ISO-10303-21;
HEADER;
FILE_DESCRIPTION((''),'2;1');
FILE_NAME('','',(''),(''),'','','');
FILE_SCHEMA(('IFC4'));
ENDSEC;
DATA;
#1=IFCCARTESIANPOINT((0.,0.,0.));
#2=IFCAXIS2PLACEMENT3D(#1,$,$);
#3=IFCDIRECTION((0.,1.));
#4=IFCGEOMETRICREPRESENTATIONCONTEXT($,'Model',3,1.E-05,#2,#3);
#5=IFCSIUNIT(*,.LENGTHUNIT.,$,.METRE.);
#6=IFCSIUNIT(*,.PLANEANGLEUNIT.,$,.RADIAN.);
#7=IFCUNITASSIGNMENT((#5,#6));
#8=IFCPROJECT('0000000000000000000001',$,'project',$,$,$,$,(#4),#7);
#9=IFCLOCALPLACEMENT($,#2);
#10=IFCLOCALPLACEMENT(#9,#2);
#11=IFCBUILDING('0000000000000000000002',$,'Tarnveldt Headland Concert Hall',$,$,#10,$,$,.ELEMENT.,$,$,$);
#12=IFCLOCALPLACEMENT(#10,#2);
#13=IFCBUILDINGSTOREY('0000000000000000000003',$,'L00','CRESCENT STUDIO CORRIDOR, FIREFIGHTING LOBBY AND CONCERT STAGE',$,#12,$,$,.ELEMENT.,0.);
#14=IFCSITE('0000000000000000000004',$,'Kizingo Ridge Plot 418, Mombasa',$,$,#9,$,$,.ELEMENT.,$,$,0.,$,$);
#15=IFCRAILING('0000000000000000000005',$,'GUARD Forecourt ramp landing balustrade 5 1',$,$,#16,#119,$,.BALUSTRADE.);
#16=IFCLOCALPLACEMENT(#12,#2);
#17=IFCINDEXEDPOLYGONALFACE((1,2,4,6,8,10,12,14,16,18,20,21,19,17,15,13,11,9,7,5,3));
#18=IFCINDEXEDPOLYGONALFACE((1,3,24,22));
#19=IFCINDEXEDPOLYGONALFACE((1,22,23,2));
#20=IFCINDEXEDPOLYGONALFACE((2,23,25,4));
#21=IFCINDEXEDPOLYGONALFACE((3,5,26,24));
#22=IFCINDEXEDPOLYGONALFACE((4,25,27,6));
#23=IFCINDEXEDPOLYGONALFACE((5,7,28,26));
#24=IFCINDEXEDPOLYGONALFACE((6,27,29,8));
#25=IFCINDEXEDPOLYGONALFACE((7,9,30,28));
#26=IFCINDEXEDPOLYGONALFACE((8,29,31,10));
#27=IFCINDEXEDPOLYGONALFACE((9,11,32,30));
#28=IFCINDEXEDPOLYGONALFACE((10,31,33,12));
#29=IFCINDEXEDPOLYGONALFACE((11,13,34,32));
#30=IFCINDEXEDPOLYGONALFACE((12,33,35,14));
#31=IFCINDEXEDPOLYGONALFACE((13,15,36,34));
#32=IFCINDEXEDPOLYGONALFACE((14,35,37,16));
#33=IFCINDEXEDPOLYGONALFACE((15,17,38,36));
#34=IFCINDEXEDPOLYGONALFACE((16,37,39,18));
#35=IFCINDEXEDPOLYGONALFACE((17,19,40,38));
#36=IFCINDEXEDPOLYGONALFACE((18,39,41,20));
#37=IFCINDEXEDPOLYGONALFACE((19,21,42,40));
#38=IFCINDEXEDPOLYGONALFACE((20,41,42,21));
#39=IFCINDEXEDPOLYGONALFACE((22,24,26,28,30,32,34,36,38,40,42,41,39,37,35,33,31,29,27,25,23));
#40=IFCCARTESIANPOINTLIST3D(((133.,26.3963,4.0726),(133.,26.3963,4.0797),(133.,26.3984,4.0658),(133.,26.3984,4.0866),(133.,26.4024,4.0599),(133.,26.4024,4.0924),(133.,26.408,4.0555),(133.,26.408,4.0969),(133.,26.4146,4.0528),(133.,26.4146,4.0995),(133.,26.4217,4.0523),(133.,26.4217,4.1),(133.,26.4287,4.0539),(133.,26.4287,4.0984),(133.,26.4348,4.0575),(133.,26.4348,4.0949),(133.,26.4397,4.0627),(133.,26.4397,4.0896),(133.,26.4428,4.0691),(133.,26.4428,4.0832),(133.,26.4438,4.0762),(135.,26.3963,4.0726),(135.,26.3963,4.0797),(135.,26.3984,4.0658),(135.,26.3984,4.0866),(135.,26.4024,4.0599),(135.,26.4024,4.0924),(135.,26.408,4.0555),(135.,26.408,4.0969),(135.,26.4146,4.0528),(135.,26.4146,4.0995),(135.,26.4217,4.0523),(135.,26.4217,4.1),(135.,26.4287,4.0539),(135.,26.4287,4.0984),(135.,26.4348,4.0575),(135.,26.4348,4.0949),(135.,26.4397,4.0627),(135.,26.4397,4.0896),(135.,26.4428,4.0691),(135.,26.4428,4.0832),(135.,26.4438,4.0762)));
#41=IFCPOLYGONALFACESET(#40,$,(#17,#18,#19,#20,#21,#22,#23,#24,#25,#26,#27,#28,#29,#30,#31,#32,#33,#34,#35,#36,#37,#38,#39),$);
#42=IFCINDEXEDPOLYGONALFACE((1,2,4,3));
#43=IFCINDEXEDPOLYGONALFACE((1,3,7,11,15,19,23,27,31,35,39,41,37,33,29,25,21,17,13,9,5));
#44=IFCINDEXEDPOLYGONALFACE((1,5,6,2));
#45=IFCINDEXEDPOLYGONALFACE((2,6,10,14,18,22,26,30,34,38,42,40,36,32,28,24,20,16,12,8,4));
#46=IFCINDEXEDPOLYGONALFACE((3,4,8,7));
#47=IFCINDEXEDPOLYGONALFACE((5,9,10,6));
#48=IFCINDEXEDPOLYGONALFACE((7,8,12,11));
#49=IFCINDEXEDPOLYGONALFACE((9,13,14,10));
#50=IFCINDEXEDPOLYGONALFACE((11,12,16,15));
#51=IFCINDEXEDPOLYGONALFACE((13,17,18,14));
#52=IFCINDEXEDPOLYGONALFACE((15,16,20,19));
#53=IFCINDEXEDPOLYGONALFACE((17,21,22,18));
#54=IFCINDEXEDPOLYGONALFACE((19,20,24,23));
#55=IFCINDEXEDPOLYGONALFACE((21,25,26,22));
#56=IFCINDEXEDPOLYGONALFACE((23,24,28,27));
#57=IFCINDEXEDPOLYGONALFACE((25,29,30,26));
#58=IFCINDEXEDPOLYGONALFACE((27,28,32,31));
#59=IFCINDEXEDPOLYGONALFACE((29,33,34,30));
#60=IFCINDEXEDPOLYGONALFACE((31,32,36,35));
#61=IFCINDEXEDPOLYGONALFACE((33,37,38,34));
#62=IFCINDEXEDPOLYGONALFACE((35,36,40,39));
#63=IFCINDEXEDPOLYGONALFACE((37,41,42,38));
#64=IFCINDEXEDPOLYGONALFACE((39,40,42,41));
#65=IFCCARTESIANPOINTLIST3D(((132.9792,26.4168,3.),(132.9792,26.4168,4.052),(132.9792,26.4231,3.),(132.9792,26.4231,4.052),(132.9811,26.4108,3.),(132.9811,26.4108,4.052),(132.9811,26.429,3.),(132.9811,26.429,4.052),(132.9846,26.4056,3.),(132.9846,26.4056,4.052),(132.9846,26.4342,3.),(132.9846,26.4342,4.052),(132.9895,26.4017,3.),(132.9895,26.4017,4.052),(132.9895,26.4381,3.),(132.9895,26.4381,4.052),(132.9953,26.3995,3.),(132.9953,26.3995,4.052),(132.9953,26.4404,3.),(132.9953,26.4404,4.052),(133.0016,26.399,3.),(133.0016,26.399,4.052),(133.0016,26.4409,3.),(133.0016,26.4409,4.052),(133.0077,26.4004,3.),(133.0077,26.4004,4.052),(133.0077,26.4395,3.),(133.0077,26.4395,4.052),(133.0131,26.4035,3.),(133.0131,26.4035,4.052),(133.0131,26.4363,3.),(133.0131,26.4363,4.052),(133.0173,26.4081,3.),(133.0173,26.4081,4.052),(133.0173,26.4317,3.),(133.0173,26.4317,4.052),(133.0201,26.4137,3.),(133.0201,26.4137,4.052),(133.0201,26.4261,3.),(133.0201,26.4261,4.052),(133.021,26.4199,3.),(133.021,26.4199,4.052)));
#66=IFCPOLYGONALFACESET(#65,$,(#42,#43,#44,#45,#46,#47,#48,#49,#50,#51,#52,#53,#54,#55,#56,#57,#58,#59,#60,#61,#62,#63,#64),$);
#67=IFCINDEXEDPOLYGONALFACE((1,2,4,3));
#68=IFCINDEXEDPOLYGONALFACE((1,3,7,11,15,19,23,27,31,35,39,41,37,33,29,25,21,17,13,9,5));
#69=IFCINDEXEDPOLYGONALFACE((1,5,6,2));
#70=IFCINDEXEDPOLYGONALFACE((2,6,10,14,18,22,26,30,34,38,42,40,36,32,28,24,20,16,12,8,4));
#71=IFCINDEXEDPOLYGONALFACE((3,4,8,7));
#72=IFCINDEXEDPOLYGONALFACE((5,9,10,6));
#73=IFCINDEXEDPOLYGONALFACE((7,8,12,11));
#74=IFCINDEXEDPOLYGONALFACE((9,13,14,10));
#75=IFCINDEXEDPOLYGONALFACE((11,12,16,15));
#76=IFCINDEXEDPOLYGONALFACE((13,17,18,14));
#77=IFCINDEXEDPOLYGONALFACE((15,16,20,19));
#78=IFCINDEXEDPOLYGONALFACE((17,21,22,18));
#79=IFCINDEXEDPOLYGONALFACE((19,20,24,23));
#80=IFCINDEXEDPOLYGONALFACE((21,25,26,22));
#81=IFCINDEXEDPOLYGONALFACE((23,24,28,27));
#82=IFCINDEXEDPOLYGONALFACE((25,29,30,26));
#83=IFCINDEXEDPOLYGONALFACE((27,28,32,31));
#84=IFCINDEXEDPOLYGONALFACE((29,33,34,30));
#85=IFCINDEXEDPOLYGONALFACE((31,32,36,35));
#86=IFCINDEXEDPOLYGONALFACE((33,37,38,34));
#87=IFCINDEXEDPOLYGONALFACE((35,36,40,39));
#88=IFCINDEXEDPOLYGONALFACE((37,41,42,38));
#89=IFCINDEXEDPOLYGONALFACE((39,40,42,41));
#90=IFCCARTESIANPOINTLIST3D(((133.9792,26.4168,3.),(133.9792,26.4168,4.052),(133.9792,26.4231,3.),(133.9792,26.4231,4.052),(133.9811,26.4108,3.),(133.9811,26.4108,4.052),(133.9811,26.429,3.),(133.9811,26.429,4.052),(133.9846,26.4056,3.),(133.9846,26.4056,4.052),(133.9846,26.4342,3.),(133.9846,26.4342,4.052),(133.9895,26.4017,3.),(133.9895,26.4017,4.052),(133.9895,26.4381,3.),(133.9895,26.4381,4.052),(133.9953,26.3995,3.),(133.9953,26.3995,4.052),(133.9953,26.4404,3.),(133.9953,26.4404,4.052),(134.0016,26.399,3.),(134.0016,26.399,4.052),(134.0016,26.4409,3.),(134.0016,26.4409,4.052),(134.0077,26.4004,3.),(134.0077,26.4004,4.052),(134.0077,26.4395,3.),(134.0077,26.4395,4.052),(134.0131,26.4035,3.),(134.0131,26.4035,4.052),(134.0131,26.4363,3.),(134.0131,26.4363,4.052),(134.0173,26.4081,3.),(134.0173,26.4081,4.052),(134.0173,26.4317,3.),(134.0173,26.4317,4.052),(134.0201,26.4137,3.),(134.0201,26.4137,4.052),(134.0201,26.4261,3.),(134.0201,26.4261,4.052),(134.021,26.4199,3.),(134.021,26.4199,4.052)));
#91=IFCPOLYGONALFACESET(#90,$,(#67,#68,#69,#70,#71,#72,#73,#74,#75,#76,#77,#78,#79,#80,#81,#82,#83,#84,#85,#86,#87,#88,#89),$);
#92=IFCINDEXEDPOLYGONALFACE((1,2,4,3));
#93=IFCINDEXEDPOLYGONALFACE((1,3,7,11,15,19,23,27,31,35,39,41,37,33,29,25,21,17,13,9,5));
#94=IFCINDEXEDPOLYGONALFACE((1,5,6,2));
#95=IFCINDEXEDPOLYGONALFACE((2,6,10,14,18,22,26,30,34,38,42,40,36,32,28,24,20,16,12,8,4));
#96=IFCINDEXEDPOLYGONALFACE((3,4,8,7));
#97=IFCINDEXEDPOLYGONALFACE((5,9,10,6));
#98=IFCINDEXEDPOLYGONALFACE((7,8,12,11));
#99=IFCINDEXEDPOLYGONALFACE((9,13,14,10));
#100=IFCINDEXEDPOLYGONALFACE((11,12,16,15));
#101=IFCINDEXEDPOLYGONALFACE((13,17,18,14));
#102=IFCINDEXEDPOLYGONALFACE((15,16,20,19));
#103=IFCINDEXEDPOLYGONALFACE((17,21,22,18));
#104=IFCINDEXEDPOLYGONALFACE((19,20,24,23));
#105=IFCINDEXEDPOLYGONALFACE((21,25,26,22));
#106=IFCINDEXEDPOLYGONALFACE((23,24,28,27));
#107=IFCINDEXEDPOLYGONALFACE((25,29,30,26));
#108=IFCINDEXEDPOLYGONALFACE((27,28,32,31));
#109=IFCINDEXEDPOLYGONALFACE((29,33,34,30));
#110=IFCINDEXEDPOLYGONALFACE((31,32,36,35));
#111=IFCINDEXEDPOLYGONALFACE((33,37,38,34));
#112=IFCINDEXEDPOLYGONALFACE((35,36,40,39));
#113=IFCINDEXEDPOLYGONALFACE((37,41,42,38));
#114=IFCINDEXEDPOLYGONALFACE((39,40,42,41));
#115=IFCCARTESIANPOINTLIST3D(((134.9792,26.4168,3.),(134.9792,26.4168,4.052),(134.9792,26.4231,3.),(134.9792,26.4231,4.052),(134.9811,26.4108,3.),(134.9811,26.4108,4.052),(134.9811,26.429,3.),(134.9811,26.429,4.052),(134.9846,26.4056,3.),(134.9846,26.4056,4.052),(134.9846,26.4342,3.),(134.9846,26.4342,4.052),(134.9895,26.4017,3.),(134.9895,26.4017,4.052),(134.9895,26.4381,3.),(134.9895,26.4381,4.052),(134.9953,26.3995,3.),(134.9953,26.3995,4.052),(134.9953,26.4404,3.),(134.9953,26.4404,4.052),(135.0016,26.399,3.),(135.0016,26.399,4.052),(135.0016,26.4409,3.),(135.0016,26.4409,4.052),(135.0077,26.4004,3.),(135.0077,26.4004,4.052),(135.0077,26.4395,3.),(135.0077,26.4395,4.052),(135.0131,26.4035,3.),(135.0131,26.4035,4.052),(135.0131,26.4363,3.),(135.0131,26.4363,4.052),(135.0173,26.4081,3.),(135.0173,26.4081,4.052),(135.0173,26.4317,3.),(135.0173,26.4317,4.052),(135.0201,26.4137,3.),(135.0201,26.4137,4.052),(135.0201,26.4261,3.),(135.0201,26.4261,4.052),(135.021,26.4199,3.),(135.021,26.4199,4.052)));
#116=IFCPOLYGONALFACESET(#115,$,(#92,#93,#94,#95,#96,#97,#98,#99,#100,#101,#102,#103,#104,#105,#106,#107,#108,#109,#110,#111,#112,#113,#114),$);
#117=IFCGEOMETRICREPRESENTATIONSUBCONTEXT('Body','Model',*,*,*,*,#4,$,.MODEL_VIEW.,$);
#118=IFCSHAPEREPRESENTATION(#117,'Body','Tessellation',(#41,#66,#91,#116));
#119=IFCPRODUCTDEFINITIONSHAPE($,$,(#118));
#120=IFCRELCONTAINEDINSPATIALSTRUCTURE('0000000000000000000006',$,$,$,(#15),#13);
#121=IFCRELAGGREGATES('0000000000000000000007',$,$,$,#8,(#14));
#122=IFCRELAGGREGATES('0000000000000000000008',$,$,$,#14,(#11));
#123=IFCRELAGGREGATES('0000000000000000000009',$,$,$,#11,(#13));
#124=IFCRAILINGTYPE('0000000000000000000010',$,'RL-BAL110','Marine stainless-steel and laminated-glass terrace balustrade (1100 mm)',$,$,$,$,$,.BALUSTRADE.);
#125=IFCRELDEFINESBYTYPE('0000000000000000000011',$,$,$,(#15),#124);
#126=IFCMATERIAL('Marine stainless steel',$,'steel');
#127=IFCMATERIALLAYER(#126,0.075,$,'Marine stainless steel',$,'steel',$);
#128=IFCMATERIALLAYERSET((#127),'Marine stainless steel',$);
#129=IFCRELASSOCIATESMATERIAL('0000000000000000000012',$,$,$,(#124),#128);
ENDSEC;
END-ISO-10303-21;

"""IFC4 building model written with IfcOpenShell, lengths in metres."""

from ifc_helpers import new_model, si_unit, direction, frame, origin, origin_2d, place, context, subcontext, project, spatial, circle, extrude, material, layer, layer_set, type_object, element, save


model = new_model("IFC4")

# Units and contexts
model_context = context("Model", 3, precision=1e-05, world=origin(), true_north=direction((0.0, 1.0)))
body_context = subcontext(model_context, "Body", "Model", "MODEL_VIEW")
ifc_project = project(units=[si_unit("LENGTHUNIT", "METRE"), si_unit("PLANEANGLEUNIT", "RADIAN")], contexts=[model_context])

# Site, building, storey
site_placement = place(None, origin())
site = spatial("IfcSite", under=ifc_project, at=site_placement, Name="Kizingo Ridge Plot 418, Mombasa", CompositionType="ELEMENT", RefElevation=0.0)
building_placement = place(site_placement, origin())
building = spatial("IfcBuilding", under=site, at=building_placement, Name="Tarnveldt Headland Concert Hall", CompositionType="ELEMENT")
storey_placement = place(building_placement, origin())
storey = spatial("IfcBuildingStorey", under=building, at=storey_placement, Name="L00", Description="CRESCENT STUDIO CORRIDOR, FIREFIGHTING LOBBY AND CONCERT STAGE", CompositionType="ELEMENT", Elevation=0.0)

# Railing
ifc_material_1 = material(Name="Marine stainless steel", Category="steel")
ifc_layer_1 = layer(ifc_material_1, 0.075, Name="Marine stainless steel", Category="steel")
ifc_layer_set_1 = layer_set([ifc_layer_1], Name="Marine stainless steel")
railing_type = type_object("IfcRailingType", Name="RL-BAL110", Description="Marine stainless-steel and laminated-glass terrace balustrade (1100 mm)", PredefinedType="BALUSTRADE", material=ifc_layer_set_1)
railing_1_placement = place(storey_placement, frame((133.0, 26.4199, 3.0)))
element("IfcRailing", 1, at=railing_1_placement, inside=storey, type_object=railing_type, Name="GUARD Forecourt ramp landing balustrade 5 1", PredefinedType="BALUSTRADE", context=body_context, shape_type="SweptSolid", body=[
    extrude(circle(Radius=0.0239, at=origin_2d()), frame((0.0, 0.0, 1.0762), z_axis=(1.0, 0.0, 0.0), x_axis=(0.0, 1.0, 0.0)), (0.0, 0.0, 1.0), 2.0),
    extrude(circle(Radius=0.021, at=origin_2d()), origin(), (0.0, 0.0, 1.0), 1.052),
    extrude(circle(Radius=0.021, at=origin_2d()), frame((1.0, 0.0, 0.0)), (0.0, 0.0, 1.0), 1.052),
    extrude(circle(Radius=0.021, at=origin_2d()), frame((2.0, 0.0, 0.0)), (0.0, 0.0, 1.0), 1.052),
])

save(model, "model.ifc")
